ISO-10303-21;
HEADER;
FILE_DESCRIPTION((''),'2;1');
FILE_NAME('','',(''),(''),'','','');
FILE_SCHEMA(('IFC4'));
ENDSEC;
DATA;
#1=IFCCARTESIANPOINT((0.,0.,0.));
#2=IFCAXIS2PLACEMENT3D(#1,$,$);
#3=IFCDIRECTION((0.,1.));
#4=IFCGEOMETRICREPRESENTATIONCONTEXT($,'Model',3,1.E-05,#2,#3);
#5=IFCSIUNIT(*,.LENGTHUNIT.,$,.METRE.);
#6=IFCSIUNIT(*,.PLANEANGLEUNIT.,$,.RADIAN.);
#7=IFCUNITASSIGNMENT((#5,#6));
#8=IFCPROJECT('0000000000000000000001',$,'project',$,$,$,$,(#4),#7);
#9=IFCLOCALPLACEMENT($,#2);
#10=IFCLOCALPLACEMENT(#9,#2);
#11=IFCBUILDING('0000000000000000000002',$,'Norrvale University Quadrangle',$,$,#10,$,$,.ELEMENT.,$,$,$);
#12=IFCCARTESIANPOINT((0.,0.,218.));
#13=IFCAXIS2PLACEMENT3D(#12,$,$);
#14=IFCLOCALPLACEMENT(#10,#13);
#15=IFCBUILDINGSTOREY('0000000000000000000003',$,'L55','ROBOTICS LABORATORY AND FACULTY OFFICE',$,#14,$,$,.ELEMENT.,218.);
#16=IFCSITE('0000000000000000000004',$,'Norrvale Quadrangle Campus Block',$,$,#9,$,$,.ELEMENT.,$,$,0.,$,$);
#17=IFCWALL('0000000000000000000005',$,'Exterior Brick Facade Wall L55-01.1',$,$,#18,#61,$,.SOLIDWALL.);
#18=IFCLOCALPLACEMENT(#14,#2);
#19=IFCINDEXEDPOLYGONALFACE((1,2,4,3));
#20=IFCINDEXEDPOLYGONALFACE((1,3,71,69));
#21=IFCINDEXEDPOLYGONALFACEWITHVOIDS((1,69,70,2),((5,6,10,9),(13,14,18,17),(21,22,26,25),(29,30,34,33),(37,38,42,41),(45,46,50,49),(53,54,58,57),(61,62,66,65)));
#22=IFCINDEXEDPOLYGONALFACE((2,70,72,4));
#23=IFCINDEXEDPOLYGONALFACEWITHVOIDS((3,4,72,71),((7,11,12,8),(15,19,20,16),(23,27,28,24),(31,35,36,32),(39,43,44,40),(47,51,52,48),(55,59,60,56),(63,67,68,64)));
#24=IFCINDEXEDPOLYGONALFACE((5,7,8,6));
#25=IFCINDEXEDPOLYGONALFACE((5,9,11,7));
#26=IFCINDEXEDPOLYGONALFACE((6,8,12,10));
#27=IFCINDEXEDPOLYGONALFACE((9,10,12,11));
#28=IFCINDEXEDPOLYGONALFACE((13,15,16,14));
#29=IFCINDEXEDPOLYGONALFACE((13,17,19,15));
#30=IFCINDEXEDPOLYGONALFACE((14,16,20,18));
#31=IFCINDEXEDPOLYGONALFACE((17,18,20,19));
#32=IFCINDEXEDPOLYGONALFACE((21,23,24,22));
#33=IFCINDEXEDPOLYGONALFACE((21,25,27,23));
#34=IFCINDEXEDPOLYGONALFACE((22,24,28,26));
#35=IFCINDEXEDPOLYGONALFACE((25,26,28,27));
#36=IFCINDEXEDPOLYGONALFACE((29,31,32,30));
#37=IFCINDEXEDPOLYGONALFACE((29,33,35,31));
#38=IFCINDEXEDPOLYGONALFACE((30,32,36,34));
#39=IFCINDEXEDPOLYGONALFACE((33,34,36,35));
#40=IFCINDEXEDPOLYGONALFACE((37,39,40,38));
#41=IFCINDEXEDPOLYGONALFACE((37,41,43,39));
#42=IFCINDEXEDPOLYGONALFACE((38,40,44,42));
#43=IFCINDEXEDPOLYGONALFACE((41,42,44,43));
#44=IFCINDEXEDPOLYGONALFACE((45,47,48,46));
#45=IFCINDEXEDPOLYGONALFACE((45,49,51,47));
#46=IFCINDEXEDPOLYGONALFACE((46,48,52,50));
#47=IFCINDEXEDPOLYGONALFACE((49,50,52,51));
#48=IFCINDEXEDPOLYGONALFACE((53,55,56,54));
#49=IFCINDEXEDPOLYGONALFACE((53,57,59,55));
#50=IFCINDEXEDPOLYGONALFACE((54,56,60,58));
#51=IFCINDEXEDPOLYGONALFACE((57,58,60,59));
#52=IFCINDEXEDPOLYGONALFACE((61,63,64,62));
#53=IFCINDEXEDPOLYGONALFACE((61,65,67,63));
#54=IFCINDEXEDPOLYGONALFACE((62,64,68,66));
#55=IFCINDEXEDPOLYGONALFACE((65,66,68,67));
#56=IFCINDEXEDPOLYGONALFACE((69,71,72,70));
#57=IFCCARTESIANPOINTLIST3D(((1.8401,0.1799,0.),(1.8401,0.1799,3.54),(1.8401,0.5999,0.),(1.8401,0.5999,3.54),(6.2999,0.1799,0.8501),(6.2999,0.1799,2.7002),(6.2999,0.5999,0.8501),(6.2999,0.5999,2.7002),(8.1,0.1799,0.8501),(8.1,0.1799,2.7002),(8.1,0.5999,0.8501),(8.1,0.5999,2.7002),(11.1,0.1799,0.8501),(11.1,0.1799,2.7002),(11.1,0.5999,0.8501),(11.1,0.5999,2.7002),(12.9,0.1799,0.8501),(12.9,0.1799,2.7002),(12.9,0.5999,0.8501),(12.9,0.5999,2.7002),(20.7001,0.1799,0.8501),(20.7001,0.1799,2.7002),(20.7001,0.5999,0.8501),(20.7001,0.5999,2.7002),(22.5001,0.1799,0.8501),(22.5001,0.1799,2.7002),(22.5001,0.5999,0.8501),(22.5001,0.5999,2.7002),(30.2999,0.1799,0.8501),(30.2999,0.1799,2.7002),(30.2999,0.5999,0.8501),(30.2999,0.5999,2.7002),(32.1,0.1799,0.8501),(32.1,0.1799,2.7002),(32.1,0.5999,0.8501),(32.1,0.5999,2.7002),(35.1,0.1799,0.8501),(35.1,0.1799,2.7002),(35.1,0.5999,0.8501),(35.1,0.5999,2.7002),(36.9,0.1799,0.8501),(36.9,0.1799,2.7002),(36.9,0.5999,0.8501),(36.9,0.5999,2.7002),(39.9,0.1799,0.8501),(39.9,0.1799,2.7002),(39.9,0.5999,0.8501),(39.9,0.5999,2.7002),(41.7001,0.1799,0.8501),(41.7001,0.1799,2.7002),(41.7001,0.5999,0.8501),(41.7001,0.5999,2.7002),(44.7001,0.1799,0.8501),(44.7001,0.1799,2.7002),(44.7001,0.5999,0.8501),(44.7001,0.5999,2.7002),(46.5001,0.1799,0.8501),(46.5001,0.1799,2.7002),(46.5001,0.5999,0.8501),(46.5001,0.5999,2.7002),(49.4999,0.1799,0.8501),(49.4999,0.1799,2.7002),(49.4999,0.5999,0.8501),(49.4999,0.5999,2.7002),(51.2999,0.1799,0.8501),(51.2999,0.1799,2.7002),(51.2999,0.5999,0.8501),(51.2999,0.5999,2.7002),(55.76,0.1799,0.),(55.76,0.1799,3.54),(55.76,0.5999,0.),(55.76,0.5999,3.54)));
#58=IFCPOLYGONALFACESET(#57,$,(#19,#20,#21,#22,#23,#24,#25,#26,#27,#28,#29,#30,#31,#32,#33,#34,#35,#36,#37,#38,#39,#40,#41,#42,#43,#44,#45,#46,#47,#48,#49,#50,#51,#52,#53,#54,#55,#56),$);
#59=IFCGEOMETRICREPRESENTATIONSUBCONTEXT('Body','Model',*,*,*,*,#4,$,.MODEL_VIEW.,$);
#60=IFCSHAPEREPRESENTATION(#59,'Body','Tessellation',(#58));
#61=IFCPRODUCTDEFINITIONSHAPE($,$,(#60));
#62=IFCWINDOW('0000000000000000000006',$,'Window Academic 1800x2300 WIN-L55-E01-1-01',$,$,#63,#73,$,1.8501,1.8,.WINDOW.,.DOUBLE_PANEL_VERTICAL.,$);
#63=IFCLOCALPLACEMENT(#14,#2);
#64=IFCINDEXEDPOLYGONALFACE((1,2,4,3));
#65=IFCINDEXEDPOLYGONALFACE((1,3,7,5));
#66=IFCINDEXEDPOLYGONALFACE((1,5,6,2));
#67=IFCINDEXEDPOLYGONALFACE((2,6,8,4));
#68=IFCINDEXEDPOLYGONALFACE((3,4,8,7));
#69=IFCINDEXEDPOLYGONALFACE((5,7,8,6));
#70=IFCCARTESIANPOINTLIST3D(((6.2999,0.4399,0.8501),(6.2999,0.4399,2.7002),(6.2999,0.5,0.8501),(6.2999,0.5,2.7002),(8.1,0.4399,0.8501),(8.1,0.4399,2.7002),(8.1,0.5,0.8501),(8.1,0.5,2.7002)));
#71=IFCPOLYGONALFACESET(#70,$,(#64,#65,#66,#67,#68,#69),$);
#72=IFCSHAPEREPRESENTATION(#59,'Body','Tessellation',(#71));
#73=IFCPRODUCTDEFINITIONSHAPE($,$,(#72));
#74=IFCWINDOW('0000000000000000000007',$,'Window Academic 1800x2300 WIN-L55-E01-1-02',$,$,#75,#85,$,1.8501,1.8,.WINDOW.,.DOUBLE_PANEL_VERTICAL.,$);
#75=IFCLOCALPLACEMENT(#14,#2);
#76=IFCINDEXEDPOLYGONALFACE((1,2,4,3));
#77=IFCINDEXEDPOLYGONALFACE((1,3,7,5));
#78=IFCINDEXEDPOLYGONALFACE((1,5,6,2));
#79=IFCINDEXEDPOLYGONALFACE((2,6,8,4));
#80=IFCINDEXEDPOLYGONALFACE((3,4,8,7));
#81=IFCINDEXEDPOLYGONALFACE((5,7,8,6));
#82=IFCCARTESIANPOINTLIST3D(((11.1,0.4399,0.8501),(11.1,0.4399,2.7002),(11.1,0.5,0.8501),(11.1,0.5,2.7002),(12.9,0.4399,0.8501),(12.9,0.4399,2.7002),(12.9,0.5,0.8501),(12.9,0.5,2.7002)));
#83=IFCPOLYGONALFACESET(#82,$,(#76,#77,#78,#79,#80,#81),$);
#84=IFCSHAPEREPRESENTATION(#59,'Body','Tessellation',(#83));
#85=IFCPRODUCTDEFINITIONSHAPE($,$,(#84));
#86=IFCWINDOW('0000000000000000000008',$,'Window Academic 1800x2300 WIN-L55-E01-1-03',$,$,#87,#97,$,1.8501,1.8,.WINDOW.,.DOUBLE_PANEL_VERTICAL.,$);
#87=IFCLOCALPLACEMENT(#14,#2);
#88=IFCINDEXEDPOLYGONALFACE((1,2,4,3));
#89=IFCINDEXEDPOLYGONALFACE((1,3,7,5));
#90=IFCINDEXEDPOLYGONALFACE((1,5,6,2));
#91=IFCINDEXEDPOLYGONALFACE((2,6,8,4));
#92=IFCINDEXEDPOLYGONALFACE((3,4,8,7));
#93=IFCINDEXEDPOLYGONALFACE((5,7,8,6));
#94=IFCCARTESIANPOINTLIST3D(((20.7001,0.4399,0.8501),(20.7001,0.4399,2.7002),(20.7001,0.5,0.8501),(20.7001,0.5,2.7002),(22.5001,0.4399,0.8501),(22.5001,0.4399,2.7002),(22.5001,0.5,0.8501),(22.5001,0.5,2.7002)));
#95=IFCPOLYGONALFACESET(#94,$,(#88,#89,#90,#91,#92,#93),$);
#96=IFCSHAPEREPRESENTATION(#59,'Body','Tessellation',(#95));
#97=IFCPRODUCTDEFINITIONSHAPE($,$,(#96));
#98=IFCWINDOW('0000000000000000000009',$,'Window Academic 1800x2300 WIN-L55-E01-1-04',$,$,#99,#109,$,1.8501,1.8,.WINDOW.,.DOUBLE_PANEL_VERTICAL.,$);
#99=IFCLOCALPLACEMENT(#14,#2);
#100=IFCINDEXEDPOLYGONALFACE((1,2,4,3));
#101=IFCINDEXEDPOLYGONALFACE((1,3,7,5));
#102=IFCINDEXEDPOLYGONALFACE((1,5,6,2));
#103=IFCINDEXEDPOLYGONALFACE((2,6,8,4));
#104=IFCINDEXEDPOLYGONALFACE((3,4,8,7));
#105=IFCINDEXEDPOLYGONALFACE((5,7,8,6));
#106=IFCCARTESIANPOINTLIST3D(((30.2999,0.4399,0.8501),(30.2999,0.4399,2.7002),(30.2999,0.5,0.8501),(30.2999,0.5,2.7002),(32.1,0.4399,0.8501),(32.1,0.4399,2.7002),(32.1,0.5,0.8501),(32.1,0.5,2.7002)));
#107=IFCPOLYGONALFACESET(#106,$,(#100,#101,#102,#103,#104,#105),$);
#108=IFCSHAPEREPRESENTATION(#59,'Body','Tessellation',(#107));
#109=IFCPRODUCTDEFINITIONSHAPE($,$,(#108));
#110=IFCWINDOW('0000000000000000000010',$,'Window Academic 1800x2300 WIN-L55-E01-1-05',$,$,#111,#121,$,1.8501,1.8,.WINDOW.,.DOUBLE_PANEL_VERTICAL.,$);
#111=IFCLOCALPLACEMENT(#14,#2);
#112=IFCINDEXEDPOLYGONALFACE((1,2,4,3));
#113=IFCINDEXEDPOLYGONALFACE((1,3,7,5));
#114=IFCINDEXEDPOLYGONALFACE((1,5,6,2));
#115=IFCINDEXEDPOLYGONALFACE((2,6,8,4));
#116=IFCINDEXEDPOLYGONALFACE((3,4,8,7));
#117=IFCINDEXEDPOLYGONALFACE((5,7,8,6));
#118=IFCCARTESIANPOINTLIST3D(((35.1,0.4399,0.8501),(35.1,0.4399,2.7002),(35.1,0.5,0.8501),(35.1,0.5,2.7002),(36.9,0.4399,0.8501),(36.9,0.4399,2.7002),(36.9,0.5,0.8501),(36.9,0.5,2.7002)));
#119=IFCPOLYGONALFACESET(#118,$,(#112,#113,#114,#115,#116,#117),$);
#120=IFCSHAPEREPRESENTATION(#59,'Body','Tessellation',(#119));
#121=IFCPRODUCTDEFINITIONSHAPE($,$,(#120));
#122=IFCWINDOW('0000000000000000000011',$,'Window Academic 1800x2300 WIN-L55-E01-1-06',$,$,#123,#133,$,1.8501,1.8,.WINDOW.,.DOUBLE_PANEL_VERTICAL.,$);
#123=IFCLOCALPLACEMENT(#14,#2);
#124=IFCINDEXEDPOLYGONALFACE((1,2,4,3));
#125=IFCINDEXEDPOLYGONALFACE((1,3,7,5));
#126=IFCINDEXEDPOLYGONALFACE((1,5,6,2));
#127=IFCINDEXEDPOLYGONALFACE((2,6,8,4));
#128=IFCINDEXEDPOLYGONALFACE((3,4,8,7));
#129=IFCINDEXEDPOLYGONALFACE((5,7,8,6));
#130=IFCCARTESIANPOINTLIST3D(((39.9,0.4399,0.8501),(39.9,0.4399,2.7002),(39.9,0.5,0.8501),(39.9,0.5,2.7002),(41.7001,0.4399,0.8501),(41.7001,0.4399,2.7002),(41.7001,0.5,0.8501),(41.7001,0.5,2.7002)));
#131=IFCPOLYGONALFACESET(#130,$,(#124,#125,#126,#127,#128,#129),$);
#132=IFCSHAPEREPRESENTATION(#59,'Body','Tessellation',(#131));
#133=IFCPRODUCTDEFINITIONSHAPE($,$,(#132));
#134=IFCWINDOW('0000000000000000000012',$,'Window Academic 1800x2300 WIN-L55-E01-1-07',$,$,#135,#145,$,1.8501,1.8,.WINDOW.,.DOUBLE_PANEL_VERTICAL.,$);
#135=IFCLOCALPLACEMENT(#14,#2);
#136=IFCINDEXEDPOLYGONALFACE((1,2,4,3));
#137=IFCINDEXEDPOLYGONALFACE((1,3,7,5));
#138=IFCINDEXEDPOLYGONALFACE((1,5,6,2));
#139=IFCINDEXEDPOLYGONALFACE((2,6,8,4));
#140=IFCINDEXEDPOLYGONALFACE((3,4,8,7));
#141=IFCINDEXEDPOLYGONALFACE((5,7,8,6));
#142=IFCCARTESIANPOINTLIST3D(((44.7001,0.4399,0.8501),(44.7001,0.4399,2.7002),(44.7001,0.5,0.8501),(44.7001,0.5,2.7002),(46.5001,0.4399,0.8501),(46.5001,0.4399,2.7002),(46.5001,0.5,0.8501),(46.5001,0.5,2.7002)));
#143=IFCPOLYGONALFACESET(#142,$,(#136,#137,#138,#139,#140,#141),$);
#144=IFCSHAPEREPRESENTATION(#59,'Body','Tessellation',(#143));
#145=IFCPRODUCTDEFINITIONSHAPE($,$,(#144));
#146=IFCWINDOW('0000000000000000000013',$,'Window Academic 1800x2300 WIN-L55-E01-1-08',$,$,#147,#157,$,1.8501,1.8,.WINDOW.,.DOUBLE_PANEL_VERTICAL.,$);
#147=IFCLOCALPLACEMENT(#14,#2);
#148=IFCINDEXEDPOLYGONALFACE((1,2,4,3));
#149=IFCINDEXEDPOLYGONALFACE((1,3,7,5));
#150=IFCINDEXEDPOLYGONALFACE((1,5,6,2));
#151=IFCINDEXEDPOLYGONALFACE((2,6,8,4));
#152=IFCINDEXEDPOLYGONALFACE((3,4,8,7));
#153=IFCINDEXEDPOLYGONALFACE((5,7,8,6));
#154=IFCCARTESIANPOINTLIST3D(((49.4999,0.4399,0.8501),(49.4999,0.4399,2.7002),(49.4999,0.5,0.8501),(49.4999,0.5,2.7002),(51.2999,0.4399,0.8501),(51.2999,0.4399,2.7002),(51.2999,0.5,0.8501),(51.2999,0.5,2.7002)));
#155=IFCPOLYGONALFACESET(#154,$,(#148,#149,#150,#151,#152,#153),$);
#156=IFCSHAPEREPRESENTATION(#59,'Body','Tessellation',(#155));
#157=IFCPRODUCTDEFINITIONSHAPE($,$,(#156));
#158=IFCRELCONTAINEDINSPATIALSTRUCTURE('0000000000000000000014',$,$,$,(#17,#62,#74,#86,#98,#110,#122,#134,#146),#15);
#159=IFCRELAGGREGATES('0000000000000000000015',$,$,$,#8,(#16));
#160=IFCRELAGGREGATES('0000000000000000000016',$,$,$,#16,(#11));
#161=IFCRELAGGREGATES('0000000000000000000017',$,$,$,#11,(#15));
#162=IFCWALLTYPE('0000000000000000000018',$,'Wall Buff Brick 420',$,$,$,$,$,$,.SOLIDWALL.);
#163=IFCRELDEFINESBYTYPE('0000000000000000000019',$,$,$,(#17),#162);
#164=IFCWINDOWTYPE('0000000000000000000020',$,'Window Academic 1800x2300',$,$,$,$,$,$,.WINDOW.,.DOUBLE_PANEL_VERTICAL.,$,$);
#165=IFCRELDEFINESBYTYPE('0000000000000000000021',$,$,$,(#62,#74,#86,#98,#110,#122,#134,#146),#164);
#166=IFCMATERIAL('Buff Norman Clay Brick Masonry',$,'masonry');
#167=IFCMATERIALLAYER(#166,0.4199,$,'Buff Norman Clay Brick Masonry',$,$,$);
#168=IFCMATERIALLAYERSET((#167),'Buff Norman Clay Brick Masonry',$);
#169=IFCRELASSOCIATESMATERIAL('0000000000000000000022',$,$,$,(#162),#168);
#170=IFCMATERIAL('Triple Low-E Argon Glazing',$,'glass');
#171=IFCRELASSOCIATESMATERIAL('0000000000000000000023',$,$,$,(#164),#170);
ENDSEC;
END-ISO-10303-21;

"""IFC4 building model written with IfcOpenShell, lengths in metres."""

from ifc_helpers import new_model, si_unit, direction, frame, frame_2d, origin, place, context, subcontext, project, spatial, rectangle, extrude, material, layer, layer_set, type_object, element, fill, save


model = new_model("IFC4")

# Units and contexts
model_context = context("Model", 3, precision=1e-05, world=origin(), true_north=direction((0.0, 1.0)))
body_context = subcontext(model_context, "Body", "Model", "MODEL_VIEW")
ifc_project = project(units=[si_unit("LENGTHUNIT", "METRE"), si_unit("PLANEANGLEUNIT", "RADIAN")], contexts=[model_context])

# Site, building, storey
site_placement = place(None, origin())
site = spatial("IfcSite", under=ifc_project, at=site_placement, Name="Norrvale Quadrangle Campus Block", CompositionType="ELEMENT", RefElevation=0.0)
building_placement = place(site_placement, origin())
building = spatial("IfcBuilding", under=site, at=building_placement, Name="Norrvale University Quadrangle", CompositionType="ELEMENT")
storey_placement = place(building_placement, frame((0.0, 0.0, 218.0)))
storey = spatial("IfcBuildingStorey", under=building, at=storey_placement, Name="L55", Description="ROBOTICS LABORATORY AND FACULTY OFFICE", CompositionType="ELEMENT", Elevation=218.0)

# Wall, openings, windows
ifc_material_1 = material(Name="Buff Norman Clay Brick Masonry", Category="masonry")
ifc_layer_1 = layer(ifc_material_1, 0.4199, Name="Buff Norman Clay Brick Masonry")
ifc_layer_set_1 = layer_set([ifc_layer_1], Name="Buff Norman Clay Brick Masonry")
wall_type_1 = type_object("IfcWallType", Name="Wall Buff Brick 420", PredefinedType="SOLIDWALL", material=ifc_layer_set_1)
wall_1_placement = place(storey_placement, frame((1.8401, 0.3899, 0.0), z_axis=(0.0, 0.0, 1.0), x_axis=(1.0, 0.0, 0.0)))
wall_1 = element("IfcWall", 1, at=wall_1_placement, inside=storey, type_object=wall_type_1, Name="Exterior Brick Facade Wall L55-01.1", PredefinedType="SOLIDWALL", context=body_context, shape_type="SweptSolid", body=[
    extrude(rectangle(XDim=53.9199, YDim=0.4199, at=frame_2d((26.96, 0.0))), origin(), (0.0, 0.0, 1.0), 3.54),
])
opening_1_placement = place(wall_1_placement, frame((4.46, 0.0, 0.8501)))
opening_1 = element("IfcOpeningElement", 2, at=opening_1_placement, cuts=wall_1, PredefinedType="OPENING", context=body_context, shape_type="SweptSolid", body=[
    extrude(rectangle(XDim=1.8, YDim=1.8501, at=frame_2d((0.8999, 0.925))), frame((0.0, 0.2219, 0.0), z_axis=(0.0, -1.0, 0.0), x_axis=(1.0, 0.0, 0.0)), (0.0, 0.0, 1.0), 0.4438),
])
opening_2_placement = place(wall_1_placement, frame((9.26, 0.0, 0.8501)))
opening_2 = element("IfcOpeningElement", 3, at=opening_2_placement, cuts=wall_1, PredefinedType="OPENING", context=body_context, shape_type="SweptSolid", body=[
    extrude(rectangle(XDim=1.8, YDim=1.8501, at=frame_2d((0.8999, 0.925))), frame((0.0, 0.2219, 0.0), z_axis=(0.0, -1.0, 0.0), x_axis=(1.0, 0.0, 0.0)), (0.0, 0.0, 1.0), 0.4438),
])
opening_3_placement = place(wall_1_placement, frame((18.8601, 0.0, 0.8501)))
opening_3 = element("IfcOpeningElement", 4, at=opening_3_placement, cuts=wall_1, PredefinedType="OPENING", context=body_context, shape_type="SweptSolid", body=[
    extrude(rectangle(XDim=1.8, YDim=1.8501, at=frame_2d((0.8999, 0.925))), frame((0.0, 0.2219, 0.0), z_axis=(0.0, -1.0, 0.0), x_axis=(1.0, 0.0, 0.0)), (0.0, 0.0, 1.0), 0.4438),
])
opening_4_placement = place(wall_1_placement, frame((28.46, 0.0, 0.8501)))
opening_4 = element("IfcOpeningElement", 5, at=opening_4_placement, cuts=wall_1, PredefinedType="OPENING", context=body_context, shape_type="SweptSolid", body=[
    extrude(rectangle(XDim=1.8, YDim=1.8501, at=frame_2d((0.8999, 0.925))), frame((0.0, 0.2219, 0.0), z_axis=(0.0, -1.0, 0.0), x_axis=(1.0, 0.0, 0.0)), (0.0, 0.0, 1.0), 0.4438),
])
opening_5_placement = place(wall_1_placement, frame((33.26, 0.0, 0.8501)))
opening_5 = element("IfcOpeningElement", 6, at=opening_5_placement, cuts=wall_1, PredefinedType="OPENING", context=body_context, shape_type="SweptSolid", body=[
    extrude(rectangle(XDim=1.8, YDim=1.8501, at=frame_2d((0.8999, 0.925))), frame((0.0, 0.2219, 0.0), z_axis=(0.0, -1.0, 0.0), x_axis=(1.0, 0.0, 0.0)), (0.0, 0.0, 1.0), 0.4438),
])
opening_6_placement = place(wall_1_placement, frame((38.0601, 0.0, 0.8501)))
opening_6 = element("IfcOpeningElement", 7, at=opening_6_placement, cuts=wall_1, PredefinedType="OPENING", context=body_context, shape_type="SweptSolid", body=[
    extrude(rectangle(XDim=1.8, YDim=1.8501, at=frame_2d((0.8999, 0.925))), frame((0.0, 0.2219, 0.0), z_axis=(0.0, -1.0, 0.0), x_axis=(1.0, 0.0, 0.0)), (0.0, 0.0, 1.0), 0.4438),
])
opening_7_placement = place(wall_1_placement, frame((42.8601, 0.0, 0.8501)))
opening_7 = element("IfcOpeningElement", 8, at=opening_7_placement, cuts=wall_1, PredefinedType="OPENING", context=body_context, shape_type="SweptSolid", body=[
    extrude(rectangle(XDim=1.8, YDim=1.8501, at=frame_2d((0.8999, 0.925))), frame((0.0, 0.2219, 0.0), z_axis=(0.0, -1.0, 0.0), x_axis=(1.0, 0.0, 0.0)), (0.0, 0.0, 1.0), 0.4438),
])
opening_8_placement = place(wall_1_placement, frame((47.6599, 0.0, 0.8501)))
opening_8 = element("IfcOpeningElement", 9, at=opening_8_placement, cuts=wall_1, PredefinedType="OPENING", context=body_context, shape_type="SweptSolid", body=[
    extrude(rectangle(XDim=1.8, YDim=1.8501, at=frame_2d((0.8999, 0.925))), frame((0.0, 0.2219, 0.0), z_axis=(0.0, -1.0, 0.0), x_axis=(1.0, 0.0, 0.0)), (0.0, 0.0, 1.0), 0.4438),
])
ifc_material_2 = material(Name="Triple Low-E Argon Glazing", Category="glass")
window_type = type_object("IfcWindowType", Name="Window Academic 1800x2300", PartitioningType="DOUBLE_PANEL_VERTICAL", PredefinedType="WINDOW", material=ifc_material_2)
window_1_placement = place(opening_1_placement, origin())
window_1 = element("IfcWindow", 10, at=window_1_placement, inside=storey, type_object=window_type, Name="Window Academic 1800x2300 WIN-L55-E01-1-01", OverallHeight=1.8501, OverallWidth=1.8, PartitioningType="DOUBLE_PANEL_VERTICAL", PredefinedType="WINDOW", context=body_context, shape_type="SweptSolid", body=[
    extrude(rectangle(XDim=1.8, YDim=1.8501, at=frame_2d((0.8999, 0.925))), frame((0.0, 0.1101, 0.0), z_axis=(0.0, -1.0, 0.0), x_axis=(1.0, 0.0, 0.0)), (0.0, 0.0, 1.0), 0.0601),
])
fill(opening_1, window_1)
window_2_placement = place(opening_2_placement, origin())
window_2 = element("IfcWindow", 11, at=window_2_placement, inside=storey, type_object=window_type, Name="Window Academic 1800x2300 WIN-L55-E01-1-02", OverallHeight=1.8501, OverallWidth=1.8, PartitioningType="DOUBLE_PANEL_VERTICAL", PredefinedType="WINDOW", context=body_context, shape_type="SweptSolid", body=[
    extrude(rectangle(XDim=1.8, YDim=1.8501, at=frame_2d((0.8999, 0.925))), frame((0.0, 0.1101, 0.0), z_axis=(0.0, -1.0, 0.0), x_axis=(1.0, 0.0, 0.0)), (0.0, 0.0, 1.0), 0.0601),
])
fill(opening_2, window_2)
window_3_placement = place(opening_3_placement, origin())
window_3 = element("IfcWindow", 12, at=window_3_placement, inside=storey, type_object=window_type, Name="Window Academic 1800x2300 WIN-L55-E01-1-03", OverallHeight=1.8501, OverallWidth=1.8, PartitioningType="DOUBLE_PANEL_VERTICAL", PredefinedType="WINDOW", context=body_context, shape_type="SweptSolid", body=[
    extrude(rectangle(XDim=1.8, YDim=1.8501, at=frame_2d((0.8999, 0.925))), frame((0.0, 0.1101, 0.0), z_axis=(0.0, -1.0, 0.0), x_axis=(1.0, 0.0, 0.0)), (0.0, 0.0, 1.0), 0.0601),
])
fill(opening_3, window_3)
window_4_placement = place(opening_4_placement, origin())
window_4 = element("IfcWindow", 13, at=window_4_placement, inside=storey, type_object=window_type, Name="Window Academic 1800x2300 WIN-L55-E01-1-04", OverallHeight=1.8501, OverallWidth=1.8, PartitioningType="DOUBLE_PANEL_VERTICAL", PredefinedType="WINDOW", context=body_context, shape_type="SweptSolid", body=[
    extrude(rectangle(XDim=1.8, YDim=1.8501, at=frame_2d((0.8999, 0.925))), frame((0.0, 0.1101, 0.0), z_axis=(0.0, -1.0, 0.0), x_axis=(1.0, 0.0, 0.0)), (0.0, 0.0, 1.0), 0.0601),
])
fill(opening_4, window_4)
window_5_placement = place(opening_5_placement, origin())
window_5 = element("IfcWindow", 14, at=window_5_placement, inside=storey, type_object=window_type, Name="Window Academic 1800x2300 WIN-L55-E01-1-05", OverallHeight=1.8501, OverallWidth=1.8, PartitioningType="DOUBLE_PANEL_VERTICAL", PredefinedType="WINDOW", context=body_context, shape_type="SweptSolid", body=[
    extrude(rectangle(XDim=1.8, YDim=1.8501, at=frame_2d((0.8999, 0.925))), frame((0.0, 0.1101, 0.0), z_axis=(0.0, -1.0, 0.0), x_axis=(1.0, 0.0, 0.0)), (0.0, 0.0, 1.0), 0.0601),
])
fill(opening_5, window_5)
window_6_placement = place(opening_6_placement, origin())
window_6 = element("IfcWindow", 15, at=window_6_placement, inside=storey, type_object=window_type, Name="Window Academic 1800x2300 WIN-L55-E01-1-06", OverallHeight=1.8501, OverallWidth=1.8, PartitioningType="DOUBLE_PANEL_VERTICAL", PredefinedType="WINDOW", context=body_context, shape_type="SweptSolid", body=[
    extrude(rectangle(XDim=1.8, YDim=1.8501, at=frame_2d((0.8999, 0.925))), frame((0.0, 0.1101, 0.0), z_axis=(0.0, -1.0, 0.0), x_axis=(1.0, 0.0, 0.0)), (0.0, 0.0, 1.0), 0.0601),
])
fill(opening_6, window_6)
window_7_placement = place(opening_7_placement, origin())
window_7 = element("IfcWindow", 16, at=window_7_placement, inside=storey, type_object=window_type, Name="Window Academic 1800x2300 WIN-L55-E01-1-07", OverallHeight=1.8501, OverallWidth=1.8, PartitioningType="DOUBLE_PANEL_VERTICAL", PredefinedType="WINDOW", context=body_context, shape_type="SweptSolid", body=[
    extrude(rectangle(XDim=1.8, YDim=1.8501, at=frame_2d((0.8999, 0.925))), frame((0.0, 0.1101, 0.0), z_axis=(0.0, -1.0, 0.0), x_axis=(1.0, 0.0, 0.0)), (0.0, 0.0, 1.0), 0.0601),
])
fill(opening_7, window_7)
window_8_placement = place(opening_8_placement, origin())
window_8 = element("IfcWindow", 17, at=window_8_placement, inside=storey, type_object=window_type, Name="Window Academic 1800x2300 WIN-L55-E01-1-08", OverallHeight=1.8501, OverallWidth=1.8, PartitioningType="DOUBLE_PANEL_VERTICAL", PredefinedType="WINDOW", context=body_context, shape_type="SweptSolid", body=[
    extrude(rectangle(XDim=1.8, YDim=1.8501, at=frame_2d((0.8999, 0.925))), frame((0.0, 0.1101, 0.0), z_axis=(0.0, -1.0, 0.0), x_axis=(1.0, 0.0, 0.0)), (0.0, 0.0, 1.0), 0.0601),
])
fill(opening_8, window_8)

save(model, "model.ifc")
